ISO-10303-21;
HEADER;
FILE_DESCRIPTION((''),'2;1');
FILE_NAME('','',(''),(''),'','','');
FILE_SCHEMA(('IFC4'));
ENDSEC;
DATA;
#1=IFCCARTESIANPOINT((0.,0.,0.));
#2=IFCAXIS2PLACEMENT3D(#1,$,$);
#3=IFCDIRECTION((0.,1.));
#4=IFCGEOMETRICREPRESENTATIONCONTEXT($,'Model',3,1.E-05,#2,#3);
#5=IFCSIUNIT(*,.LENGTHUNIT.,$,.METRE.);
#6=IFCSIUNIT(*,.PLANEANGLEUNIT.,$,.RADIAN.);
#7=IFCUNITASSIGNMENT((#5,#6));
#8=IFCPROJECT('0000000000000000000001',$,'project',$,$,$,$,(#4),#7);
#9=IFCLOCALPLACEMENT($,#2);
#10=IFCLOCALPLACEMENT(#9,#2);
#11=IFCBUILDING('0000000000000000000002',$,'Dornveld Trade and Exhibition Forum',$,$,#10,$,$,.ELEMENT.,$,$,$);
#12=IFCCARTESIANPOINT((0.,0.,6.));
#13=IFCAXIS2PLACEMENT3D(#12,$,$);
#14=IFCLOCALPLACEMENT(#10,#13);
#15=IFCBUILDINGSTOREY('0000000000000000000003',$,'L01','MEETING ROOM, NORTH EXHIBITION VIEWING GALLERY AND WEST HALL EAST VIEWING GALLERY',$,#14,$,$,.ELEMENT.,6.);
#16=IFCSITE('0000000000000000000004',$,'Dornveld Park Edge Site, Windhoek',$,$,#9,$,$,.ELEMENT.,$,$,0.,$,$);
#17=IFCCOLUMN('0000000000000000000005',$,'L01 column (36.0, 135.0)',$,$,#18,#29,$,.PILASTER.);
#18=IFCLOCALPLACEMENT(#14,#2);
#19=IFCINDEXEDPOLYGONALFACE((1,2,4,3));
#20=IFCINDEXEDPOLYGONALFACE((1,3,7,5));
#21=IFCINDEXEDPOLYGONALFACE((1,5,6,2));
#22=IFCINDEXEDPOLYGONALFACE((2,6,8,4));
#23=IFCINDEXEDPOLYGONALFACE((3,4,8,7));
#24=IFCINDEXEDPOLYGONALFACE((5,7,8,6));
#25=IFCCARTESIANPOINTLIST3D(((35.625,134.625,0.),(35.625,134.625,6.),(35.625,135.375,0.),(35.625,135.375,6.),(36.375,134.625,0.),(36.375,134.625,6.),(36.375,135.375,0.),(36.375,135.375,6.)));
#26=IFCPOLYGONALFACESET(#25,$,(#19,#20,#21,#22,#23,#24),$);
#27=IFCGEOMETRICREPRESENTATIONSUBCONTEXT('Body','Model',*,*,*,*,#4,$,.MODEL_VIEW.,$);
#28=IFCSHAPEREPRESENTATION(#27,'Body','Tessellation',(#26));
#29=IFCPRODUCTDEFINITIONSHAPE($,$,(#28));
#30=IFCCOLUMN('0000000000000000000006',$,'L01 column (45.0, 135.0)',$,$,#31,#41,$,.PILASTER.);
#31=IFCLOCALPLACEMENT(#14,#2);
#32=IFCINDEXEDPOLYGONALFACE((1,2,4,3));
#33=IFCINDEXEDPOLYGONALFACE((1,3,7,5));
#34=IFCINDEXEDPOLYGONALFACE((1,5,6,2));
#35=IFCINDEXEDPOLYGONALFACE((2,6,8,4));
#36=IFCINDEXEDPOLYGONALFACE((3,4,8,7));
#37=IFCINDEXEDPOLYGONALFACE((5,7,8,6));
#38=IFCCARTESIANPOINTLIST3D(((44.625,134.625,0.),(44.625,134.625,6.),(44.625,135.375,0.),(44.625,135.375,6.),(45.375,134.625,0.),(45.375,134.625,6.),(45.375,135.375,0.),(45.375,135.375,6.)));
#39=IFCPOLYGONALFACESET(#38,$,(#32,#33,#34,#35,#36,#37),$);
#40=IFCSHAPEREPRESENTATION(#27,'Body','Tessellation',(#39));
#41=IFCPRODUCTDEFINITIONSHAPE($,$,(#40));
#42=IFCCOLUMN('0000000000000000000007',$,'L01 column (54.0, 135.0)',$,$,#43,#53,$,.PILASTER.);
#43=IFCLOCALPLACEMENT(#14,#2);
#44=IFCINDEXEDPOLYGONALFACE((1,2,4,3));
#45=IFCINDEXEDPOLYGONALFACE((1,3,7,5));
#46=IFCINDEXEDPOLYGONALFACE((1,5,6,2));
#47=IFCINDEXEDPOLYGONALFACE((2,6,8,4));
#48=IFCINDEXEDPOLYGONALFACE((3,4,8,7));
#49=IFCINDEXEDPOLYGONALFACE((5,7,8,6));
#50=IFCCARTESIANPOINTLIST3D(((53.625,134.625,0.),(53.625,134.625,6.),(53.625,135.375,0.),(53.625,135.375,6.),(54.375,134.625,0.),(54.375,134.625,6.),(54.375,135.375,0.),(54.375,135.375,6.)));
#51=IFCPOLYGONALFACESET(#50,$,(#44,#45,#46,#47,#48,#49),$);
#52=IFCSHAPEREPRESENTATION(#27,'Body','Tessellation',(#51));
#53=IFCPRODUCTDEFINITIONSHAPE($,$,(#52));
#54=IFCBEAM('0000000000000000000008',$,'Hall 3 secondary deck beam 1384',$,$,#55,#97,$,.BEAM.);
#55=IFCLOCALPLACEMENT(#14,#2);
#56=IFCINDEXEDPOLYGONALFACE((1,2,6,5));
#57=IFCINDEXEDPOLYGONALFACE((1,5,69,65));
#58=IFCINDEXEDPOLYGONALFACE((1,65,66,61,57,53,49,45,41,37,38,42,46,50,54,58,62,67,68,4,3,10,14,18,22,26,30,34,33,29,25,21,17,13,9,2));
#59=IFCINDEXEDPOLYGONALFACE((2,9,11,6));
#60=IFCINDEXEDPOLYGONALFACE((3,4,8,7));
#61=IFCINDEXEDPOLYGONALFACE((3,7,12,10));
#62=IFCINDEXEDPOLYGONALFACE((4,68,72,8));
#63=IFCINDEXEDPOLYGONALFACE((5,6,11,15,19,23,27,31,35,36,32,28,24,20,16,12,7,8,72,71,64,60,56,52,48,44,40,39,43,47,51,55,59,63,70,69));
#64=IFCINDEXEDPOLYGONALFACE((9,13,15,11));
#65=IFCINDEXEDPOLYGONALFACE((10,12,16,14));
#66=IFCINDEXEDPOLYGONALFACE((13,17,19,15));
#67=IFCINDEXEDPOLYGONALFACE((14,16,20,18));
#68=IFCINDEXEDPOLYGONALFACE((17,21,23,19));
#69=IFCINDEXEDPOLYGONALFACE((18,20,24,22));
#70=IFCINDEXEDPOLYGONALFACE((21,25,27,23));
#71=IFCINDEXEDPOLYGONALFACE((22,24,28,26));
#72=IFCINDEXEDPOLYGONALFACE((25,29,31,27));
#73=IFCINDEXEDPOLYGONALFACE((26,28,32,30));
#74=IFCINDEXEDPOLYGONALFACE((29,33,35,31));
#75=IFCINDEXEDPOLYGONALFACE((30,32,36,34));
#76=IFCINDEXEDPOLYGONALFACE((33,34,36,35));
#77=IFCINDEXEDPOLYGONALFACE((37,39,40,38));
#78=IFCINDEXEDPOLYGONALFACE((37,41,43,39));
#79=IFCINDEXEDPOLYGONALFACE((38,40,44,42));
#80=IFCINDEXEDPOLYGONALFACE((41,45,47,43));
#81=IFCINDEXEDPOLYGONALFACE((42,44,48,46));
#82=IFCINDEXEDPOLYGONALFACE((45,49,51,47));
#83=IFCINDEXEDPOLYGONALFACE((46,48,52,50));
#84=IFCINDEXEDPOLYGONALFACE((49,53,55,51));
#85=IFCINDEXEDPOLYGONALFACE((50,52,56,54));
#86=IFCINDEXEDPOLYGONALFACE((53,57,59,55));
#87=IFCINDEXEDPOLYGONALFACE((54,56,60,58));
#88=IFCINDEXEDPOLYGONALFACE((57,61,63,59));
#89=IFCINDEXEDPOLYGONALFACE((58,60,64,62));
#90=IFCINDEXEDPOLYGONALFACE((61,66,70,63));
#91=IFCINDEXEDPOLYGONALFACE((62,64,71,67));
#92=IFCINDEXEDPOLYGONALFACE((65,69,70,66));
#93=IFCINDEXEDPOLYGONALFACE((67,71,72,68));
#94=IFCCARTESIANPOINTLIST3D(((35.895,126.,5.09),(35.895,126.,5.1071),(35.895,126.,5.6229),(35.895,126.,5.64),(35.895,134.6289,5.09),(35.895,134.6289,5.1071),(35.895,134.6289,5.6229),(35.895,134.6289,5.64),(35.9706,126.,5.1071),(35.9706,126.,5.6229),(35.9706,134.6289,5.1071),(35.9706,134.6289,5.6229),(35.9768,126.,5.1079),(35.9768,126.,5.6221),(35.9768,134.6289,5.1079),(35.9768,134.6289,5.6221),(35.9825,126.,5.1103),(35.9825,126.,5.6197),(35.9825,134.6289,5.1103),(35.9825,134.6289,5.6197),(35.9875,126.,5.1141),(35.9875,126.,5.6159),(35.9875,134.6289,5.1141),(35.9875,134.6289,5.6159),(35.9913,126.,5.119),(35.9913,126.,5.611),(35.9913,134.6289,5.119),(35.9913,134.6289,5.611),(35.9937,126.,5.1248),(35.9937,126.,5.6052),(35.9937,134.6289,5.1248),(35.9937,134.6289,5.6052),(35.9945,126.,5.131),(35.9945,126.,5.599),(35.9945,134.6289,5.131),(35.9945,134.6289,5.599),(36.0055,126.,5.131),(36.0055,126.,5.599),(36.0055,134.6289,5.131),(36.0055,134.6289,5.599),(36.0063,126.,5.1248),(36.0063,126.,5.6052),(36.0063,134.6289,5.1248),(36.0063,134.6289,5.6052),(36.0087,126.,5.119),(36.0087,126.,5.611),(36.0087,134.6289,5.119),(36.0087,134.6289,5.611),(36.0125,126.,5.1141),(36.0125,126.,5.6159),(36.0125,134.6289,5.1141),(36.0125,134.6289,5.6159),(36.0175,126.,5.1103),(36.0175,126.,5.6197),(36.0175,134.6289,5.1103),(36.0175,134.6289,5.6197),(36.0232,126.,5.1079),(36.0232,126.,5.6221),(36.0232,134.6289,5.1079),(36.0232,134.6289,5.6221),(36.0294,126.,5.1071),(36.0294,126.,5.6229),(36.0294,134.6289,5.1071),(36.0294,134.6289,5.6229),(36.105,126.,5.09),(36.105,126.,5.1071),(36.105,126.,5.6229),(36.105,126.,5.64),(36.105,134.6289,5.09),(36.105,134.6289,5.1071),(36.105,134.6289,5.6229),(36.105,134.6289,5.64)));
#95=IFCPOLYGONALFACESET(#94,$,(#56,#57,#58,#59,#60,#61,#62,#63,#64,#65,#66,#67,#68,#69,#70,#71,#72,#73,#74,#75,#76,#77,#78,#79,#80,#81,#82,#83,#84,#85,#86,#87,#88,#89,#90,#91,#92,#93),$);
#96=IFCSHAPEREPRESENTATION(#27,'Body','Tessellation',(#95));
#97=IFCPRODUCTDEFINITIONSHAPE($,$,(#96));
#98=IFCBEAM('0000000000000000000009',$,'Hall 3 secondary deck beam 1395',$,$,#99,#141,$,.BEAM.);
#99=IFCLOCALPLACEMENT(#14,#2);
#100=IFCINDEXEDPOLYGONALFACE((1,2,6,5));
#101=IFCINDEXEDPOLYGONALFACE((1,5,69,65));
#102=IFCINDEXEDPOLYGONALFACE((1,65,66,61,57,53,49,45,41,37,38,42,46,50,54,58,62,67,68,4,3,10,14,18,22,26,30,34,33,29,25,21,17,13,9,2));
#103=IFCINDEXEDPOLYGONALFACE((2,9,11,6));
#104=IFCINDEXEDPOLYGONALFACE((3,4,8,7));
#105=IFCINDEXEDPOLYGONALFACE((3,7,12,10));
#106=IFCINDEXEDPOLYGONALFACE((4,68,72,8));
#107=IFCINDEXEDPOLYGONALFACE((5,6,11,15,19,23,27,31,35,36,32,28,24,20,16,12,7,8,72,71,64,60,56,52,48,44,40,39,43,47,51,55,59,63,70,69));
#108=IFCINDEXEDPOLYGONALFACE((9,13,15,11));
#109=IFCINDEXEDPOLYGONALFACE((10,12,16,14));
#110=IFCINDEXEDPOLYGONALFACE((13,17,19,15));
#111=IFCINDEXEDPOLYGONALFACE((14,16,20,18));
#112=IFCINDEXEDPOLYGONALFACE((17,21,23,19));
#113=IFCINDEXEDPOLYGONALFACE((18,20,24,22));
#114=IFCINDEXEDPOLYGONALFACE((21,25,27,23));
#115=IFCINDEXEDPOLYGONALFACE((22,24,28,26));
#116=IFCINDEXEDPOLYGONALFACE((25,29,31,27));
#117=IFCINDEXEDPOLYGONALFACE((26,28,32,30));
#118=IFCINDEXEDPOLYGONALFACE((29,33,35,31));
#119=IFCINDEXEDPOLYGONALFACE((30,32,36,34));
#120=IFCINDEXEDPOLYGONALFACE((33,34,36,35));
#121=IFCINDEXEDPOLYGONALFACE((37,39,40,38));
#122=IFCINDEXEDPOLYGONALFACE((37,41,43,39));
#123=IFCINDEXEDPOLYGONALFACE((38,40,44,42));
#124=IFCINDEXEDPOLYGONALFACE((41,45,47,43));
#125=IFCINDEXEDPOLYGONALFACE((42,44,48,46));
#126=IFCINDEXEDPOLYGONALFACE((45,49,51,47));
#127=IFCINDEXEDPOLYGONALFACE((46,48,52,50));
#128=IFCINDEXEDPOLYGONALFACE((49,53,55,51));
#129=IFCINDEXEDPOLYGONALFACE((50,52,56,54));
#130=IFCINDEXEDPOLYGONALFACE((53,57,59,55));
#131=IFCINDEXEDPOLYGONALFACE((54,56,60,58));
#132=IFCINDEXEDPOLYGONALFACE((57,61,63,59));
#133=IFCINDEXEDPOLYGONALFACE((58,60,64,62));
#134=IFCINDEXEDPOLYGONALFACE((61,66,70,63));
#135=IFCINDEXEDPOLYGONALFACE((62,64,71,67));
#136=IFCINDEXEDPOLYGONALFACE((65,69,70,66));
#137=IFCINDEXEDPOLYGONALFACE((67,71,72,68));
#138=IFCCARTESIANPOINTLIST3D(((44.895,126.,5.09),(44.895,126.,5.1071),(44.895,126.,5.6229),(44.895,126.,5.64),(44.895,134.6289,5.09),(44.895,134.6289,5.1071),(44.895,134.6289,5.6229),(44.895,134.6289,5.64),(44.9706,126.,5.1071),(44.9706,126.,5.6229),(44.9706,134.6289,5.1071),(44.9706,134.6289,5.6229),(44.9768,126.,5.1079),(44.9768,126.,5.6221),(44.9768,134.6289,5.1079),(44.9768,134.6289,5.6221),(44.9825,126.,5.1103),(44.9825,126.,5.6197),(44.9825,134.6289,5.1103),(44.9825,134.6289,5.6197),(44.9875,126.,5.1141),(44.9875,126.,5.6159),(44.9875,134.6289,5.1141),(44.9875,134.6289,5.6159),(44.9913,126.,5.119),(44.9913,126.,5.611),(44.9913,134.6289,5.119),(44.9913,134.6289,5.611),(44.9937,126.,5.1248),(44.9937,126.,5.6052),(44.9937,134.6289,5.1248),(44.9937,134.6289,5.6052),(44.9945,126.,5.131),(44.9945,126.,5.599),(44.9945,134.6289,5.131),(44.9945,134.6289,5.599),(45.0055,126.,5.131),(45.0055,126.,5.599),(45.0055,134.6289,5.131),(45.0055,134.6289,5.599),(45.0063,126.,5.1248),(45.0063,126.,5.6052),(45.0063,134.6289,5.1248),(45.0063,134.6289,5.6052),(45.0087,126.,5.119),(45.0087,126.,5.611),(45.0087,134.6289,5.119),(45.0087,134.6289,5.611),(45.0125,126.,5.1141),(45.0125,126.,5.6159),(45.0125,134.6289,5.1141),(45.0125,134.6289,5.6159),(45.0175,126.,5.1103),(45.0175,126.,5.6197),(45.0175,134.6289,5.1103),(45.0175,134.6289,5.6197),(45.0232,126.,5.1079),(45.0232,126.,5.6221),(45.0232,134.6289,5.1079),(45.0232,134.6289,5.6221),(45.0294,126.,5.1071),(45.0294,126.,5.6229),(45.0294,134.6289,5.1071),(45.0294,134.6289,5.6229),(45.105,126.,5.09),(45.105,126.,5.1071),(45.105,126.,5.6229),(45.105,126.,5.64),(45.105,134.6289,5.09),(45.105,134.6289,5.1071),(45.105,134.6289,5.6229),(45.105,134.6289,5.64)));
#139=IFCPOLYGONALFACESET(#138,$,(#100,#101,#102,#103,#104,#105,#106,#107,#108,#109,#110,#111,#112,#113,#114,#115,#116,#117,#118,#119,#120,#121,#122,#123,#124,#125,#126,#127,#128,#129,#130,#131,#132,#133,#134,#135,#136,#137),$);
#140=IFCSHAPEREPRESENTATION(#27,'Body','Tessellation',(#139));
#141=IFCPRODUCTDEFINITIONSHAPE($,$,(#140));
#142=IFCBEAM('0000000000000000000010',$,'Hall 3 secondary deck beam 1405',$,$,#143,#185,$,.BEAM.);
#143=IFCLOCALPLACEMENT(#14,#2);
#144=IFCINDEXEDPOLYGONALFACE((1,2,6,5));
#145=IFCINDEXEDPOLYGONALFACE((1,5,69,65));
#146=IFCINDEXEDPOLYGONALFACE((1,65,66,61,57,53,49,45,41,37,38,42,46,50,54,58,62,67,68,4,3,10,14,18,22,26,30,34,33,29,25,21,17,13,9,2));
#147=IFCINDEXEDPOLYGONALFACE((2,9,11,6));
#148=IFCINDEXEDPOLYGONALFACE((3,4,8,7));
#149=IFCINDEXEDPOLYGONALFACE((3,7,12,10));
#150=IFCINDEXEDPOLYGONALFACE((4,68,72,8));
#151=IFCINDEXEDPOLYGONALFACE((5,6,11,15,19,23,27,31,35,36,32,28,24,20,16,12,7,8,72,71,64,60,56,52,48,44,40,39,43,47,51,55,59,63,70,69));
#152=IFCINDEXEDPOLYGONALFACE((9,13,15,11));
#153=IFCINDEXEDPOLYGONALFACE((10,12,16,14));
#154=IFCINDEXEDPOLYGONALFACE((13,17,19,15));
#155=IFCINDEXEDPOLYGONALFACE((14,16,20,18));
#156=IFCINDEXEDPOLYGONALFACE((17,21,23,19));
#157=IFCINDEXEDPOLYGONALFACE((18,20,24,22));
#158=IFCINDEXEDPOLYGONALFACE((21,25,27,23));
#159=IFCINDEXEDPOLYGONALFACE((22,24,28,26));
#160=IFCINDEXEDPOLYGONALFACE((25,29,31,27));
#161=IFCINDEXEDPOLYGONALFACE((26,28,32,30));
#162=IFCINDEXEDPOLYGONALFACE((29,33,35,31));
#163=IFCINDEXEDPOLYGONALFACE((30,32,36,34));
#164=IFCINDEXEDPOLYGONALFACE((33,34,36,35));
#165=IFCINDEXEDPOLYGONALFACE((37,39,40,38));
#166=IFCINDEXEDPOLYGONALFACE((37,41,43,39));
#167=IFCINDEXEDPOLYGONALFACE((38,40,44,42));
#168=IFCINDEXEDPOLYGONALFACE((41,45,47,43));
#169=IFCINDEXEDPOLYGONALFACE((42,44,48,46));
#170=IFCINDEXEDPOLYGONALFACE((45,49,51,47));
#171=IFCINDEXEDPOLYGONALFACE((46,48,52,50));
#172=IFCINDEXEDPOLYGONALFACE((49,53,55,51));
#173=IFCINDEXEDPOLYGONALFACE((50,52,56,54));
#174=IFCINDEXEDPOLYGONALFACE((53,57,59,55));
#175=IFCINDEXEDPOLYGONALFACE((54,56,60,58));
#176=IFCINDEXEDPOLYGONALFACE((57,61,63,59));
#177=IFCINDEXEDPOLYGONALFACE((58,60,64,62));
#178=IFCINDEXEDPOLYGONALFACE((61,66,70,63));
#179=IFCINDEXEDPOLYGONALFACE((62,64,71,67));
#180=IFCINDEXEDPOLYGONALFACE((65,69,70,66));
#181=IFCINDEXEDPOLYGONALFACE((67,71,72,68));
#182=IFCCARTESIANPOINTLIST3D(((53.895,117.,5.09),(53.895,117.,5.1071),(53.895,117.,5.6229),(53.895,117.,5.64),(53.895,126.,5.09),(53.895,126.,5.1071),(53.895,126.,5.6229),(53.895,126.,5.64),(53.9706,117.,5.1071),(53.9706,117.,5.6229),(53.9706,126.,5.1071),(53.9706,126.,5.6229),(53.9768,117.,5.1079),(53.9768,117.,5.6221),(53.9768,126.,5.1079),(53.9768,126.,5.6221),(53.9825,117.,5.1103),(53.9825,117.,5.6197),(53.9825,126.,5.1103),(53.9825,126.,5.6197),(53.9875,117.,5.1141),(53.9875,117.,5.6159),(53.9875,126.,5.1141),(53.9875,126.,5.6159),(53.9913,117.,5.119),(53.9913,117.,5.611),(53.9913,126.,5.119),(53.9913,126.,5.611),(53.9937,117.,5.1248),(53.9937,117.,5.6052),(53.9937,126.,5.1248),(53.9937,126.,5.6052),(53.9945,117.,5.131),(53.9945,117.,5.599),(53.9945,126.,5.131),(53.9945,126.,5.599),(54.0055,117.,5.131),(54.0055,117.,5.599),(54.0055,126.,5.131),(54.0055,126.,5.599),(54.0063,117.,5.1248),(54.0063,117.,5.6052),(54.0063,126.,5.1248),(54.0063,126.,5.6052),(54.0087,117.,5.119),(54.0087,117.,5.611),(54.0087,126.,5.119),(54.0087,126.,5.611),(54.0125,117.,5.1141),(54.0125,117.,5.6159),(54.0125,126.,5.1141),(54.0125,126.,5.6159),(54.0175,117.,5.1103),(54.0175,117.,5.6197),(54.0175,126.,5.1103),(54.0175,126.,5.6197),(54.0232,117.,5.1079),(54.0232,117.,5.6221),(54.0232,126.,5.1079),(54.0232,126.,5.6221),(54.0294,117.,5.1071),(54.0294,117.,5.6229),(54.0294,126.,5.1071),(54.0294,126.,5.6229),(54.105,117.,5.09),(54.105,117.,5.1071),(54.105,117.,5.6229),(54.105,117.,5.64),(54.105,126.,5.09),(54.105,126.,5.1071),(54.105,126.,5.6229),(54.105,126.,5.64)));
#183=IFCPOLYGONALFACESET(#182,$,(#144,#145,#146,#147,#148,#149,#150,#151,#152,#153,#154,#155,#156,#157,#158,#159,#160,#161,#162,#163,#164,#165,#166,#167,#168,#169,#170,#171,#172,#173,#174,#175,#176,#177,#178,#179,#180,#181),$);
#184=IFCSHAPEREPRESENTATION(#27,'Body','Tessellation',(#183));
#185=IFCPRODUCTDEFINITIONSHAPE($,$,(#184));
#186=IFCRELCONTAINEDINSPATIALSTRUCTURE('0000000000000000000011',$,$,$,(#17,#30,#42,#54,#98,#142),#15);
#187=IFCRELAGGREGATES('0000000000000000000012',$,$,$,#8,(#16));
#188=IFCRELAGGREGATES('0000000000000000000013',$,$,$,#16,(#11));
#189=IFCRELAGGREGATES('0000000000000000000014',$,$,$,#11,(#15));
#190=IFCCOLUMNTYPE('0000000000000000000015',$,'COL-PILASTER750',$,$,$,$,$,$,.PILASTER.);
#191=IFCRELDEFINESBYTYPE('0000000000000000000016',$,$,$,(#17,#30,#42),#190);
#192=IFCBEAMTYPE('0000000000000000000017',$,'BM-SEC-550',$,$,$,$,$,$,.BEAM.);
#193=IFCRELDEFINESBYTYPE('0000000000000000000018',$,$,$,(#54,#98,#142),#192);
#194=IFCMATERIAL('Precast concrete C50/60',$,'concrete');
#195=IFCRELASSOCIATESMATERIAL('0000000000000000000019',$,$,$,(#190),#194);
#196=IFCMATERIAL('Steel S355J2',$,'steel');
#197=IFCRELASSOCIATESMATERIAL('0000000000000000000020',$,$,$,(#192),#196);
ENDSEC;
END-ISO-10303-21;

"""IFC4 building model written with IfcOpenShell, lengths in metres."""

from ifc_helpers import new_model, si_unit, direction, frame, origin, origin_2d, place, context, subcontext, project, spatial, rectangle, i_section, extrude, material, material_profile, profile_set, type_object, element, save


model = new_model("IFC4")

# Units and contexts
model_context = context("Model", 3, precision=1e-05, world=origin(), true_north=direction((0.0, 1.0)))
body_context = subcontext(model_context, "Body", "Model", "MODEL_VIEW")
ifc_project = project(units=[si_unit("LENGTHUNIT", "METRE"), si_unit("PLANEANGLEUNIT", "RADIAN")], contexts=[model_context])

# Site, building, storey
site_placement = place(None, origin())
site = spatial("IfcSite", under=ifc_project, at=site_placement, Name="Dornveld Park Edge Site, Windhoek", CompositionType="ELEMENT", RefElevation=0.0)
building_placement = place(site_placement, origin())
building = spatial("IfcBuilding", under=site, at=building_placement, Name="Dornveld Trade and Exhibition Forum", CompositionType="ELEMENT")
storey_placement = place(building_placement, frame((0.0, 0.0, 6.0)))
storey = spatial("IfcBuildingStorey", under=building, at=storey_placement, Name="L01", Description="MEETING ROOM, NORTH EXHIBITION VIEWING GALLERY AND WEST HALL EAST VIEWING GALLERY", CompositionType="ELEMENT", Elevation=6.0)

# Columns
ifc_material_1 = material(Name="Precast concrete C50/60", Category="concrete")
ifc_material_profile_1 = material_profile(ifc_material_1, rectangle(XDim=0.75, YDim=0.75, at=origin_2d()), Name="PC-COL 750x750")
ifc_profile_set_1 = profile_set([ifc_material_profile_1], Name="Precast concrete C50/60")
column_type = type_object("IfcColumnType", Name="COL-PILASTER750", PredefinedType="PILASTER", material=ifc_profile_set_1)
for number, where, z_axis, x_axis, name in (
    (1, (36.0, 135.0, 0.0), (0.0, 0.0, 1.0), (1.0, 0.0, 0.0), "L01 column (36.0, 135.0)"),
    (2, (45.0, 135.0, 0.0), (0.0, 0.0, 1.0), (1.0, 0.0, 0.0), "L01 column (45.0, 135.0)"),
    (3, (54.0, 135.0, 0.0), (0.0, 0.0, 1.0), (1.0, 0.0, 0.0), "L01 column (54.0, 135.0)"),
):
    element("IfcColumn", number, at=place(storey_placement, frame(where, z_axis=z_axis, x_axis=x_axis)), inside=storey, type_object=column_type, Name=name, PredefinedType="PILASTER", context=body_context, shape_type="SweptSolid", body=[
        extrude(rectangle(XDim=0.75, YDim=0.75, at=origin_2d()), origin(), (0.0, 0.0, 1.0), 6.0),
    ])

# Beams
ifc_material_2 = material(Name="Steel S355J2", Category="steel")
ifc_material_profile_2 = material_profile(ifc_material_2, i_section(OverallWidth=0.21, OverallDepth=0.55, WebThickness=0.011, FlangeThickness=0.0171, FilletRadius=0.0239, at=origin_2d()), Name="IPE 550")
ifc_profile_set_2 = profile_set([ifc_material_profile_2], Name="Steel S355J2")
beam_type_1 = type_object("IfcBeamType", Name="BM-SEC-550", PredefinedType="BEAM", material=ifc_profile_set_2)
for number, where, z_axis, x_axis, name in (
    (4, (36.0, 126.0, 5.365), (0.0, 1.0, 0.0), (-1.0, 0.0, 0.0), "Hall 3 secondary deck beam 1384"),
    (5, (45.0, 126.0, 5.365), (0.0, 1.0, 0.0), (-1.0, 0.0, 0.0), "Hall 3 secondary deck beam 1395"),
):
    element("IfcBeam", number, at=place(storey_placement, frame(where, z_axis=z_axis, x_axis=x_axis)), inside=storey, type_object=beam_type_1, Name=name, PredefinedType="BEAM", context=body_context, shape_type="SweptSolid", body=[
        extrude(i_section(OverallWidth=0.21, OverallDepth=0.55, WebThickness=0.011, FlangeThickness=0.0171, FilletRadius=0.0239, at=origin_2d()), origin(), (0.0, 0.0, 1.0), 8.6289),
    ])
beam_1_placement = place(storey_placement, frame((54.0, 117.0, 5.365), z_axis=(0.0, 1.0, 0.0), x_axis=(-1.0, 0.0, 0.0)))
element("IfcBeam", 6, at=beam_1_placement, inside=storey, type_object=beam_type_1, Name="Hall 3 secondary deck beam 1405", PredefinedType="BEAM", context=body_context, shape_type="SweptSolid", body=[
    extrude(i_section(OverallWidth=0.21, OverallDepth=0.55, WebThickness=0.011, FlangeThickness=0.0171, FilletRadius=0.0239, at=origin_2d()), origin(), (0.0, 0.0, 1.0), 9.0),
])

save(model, "model.ifc")
